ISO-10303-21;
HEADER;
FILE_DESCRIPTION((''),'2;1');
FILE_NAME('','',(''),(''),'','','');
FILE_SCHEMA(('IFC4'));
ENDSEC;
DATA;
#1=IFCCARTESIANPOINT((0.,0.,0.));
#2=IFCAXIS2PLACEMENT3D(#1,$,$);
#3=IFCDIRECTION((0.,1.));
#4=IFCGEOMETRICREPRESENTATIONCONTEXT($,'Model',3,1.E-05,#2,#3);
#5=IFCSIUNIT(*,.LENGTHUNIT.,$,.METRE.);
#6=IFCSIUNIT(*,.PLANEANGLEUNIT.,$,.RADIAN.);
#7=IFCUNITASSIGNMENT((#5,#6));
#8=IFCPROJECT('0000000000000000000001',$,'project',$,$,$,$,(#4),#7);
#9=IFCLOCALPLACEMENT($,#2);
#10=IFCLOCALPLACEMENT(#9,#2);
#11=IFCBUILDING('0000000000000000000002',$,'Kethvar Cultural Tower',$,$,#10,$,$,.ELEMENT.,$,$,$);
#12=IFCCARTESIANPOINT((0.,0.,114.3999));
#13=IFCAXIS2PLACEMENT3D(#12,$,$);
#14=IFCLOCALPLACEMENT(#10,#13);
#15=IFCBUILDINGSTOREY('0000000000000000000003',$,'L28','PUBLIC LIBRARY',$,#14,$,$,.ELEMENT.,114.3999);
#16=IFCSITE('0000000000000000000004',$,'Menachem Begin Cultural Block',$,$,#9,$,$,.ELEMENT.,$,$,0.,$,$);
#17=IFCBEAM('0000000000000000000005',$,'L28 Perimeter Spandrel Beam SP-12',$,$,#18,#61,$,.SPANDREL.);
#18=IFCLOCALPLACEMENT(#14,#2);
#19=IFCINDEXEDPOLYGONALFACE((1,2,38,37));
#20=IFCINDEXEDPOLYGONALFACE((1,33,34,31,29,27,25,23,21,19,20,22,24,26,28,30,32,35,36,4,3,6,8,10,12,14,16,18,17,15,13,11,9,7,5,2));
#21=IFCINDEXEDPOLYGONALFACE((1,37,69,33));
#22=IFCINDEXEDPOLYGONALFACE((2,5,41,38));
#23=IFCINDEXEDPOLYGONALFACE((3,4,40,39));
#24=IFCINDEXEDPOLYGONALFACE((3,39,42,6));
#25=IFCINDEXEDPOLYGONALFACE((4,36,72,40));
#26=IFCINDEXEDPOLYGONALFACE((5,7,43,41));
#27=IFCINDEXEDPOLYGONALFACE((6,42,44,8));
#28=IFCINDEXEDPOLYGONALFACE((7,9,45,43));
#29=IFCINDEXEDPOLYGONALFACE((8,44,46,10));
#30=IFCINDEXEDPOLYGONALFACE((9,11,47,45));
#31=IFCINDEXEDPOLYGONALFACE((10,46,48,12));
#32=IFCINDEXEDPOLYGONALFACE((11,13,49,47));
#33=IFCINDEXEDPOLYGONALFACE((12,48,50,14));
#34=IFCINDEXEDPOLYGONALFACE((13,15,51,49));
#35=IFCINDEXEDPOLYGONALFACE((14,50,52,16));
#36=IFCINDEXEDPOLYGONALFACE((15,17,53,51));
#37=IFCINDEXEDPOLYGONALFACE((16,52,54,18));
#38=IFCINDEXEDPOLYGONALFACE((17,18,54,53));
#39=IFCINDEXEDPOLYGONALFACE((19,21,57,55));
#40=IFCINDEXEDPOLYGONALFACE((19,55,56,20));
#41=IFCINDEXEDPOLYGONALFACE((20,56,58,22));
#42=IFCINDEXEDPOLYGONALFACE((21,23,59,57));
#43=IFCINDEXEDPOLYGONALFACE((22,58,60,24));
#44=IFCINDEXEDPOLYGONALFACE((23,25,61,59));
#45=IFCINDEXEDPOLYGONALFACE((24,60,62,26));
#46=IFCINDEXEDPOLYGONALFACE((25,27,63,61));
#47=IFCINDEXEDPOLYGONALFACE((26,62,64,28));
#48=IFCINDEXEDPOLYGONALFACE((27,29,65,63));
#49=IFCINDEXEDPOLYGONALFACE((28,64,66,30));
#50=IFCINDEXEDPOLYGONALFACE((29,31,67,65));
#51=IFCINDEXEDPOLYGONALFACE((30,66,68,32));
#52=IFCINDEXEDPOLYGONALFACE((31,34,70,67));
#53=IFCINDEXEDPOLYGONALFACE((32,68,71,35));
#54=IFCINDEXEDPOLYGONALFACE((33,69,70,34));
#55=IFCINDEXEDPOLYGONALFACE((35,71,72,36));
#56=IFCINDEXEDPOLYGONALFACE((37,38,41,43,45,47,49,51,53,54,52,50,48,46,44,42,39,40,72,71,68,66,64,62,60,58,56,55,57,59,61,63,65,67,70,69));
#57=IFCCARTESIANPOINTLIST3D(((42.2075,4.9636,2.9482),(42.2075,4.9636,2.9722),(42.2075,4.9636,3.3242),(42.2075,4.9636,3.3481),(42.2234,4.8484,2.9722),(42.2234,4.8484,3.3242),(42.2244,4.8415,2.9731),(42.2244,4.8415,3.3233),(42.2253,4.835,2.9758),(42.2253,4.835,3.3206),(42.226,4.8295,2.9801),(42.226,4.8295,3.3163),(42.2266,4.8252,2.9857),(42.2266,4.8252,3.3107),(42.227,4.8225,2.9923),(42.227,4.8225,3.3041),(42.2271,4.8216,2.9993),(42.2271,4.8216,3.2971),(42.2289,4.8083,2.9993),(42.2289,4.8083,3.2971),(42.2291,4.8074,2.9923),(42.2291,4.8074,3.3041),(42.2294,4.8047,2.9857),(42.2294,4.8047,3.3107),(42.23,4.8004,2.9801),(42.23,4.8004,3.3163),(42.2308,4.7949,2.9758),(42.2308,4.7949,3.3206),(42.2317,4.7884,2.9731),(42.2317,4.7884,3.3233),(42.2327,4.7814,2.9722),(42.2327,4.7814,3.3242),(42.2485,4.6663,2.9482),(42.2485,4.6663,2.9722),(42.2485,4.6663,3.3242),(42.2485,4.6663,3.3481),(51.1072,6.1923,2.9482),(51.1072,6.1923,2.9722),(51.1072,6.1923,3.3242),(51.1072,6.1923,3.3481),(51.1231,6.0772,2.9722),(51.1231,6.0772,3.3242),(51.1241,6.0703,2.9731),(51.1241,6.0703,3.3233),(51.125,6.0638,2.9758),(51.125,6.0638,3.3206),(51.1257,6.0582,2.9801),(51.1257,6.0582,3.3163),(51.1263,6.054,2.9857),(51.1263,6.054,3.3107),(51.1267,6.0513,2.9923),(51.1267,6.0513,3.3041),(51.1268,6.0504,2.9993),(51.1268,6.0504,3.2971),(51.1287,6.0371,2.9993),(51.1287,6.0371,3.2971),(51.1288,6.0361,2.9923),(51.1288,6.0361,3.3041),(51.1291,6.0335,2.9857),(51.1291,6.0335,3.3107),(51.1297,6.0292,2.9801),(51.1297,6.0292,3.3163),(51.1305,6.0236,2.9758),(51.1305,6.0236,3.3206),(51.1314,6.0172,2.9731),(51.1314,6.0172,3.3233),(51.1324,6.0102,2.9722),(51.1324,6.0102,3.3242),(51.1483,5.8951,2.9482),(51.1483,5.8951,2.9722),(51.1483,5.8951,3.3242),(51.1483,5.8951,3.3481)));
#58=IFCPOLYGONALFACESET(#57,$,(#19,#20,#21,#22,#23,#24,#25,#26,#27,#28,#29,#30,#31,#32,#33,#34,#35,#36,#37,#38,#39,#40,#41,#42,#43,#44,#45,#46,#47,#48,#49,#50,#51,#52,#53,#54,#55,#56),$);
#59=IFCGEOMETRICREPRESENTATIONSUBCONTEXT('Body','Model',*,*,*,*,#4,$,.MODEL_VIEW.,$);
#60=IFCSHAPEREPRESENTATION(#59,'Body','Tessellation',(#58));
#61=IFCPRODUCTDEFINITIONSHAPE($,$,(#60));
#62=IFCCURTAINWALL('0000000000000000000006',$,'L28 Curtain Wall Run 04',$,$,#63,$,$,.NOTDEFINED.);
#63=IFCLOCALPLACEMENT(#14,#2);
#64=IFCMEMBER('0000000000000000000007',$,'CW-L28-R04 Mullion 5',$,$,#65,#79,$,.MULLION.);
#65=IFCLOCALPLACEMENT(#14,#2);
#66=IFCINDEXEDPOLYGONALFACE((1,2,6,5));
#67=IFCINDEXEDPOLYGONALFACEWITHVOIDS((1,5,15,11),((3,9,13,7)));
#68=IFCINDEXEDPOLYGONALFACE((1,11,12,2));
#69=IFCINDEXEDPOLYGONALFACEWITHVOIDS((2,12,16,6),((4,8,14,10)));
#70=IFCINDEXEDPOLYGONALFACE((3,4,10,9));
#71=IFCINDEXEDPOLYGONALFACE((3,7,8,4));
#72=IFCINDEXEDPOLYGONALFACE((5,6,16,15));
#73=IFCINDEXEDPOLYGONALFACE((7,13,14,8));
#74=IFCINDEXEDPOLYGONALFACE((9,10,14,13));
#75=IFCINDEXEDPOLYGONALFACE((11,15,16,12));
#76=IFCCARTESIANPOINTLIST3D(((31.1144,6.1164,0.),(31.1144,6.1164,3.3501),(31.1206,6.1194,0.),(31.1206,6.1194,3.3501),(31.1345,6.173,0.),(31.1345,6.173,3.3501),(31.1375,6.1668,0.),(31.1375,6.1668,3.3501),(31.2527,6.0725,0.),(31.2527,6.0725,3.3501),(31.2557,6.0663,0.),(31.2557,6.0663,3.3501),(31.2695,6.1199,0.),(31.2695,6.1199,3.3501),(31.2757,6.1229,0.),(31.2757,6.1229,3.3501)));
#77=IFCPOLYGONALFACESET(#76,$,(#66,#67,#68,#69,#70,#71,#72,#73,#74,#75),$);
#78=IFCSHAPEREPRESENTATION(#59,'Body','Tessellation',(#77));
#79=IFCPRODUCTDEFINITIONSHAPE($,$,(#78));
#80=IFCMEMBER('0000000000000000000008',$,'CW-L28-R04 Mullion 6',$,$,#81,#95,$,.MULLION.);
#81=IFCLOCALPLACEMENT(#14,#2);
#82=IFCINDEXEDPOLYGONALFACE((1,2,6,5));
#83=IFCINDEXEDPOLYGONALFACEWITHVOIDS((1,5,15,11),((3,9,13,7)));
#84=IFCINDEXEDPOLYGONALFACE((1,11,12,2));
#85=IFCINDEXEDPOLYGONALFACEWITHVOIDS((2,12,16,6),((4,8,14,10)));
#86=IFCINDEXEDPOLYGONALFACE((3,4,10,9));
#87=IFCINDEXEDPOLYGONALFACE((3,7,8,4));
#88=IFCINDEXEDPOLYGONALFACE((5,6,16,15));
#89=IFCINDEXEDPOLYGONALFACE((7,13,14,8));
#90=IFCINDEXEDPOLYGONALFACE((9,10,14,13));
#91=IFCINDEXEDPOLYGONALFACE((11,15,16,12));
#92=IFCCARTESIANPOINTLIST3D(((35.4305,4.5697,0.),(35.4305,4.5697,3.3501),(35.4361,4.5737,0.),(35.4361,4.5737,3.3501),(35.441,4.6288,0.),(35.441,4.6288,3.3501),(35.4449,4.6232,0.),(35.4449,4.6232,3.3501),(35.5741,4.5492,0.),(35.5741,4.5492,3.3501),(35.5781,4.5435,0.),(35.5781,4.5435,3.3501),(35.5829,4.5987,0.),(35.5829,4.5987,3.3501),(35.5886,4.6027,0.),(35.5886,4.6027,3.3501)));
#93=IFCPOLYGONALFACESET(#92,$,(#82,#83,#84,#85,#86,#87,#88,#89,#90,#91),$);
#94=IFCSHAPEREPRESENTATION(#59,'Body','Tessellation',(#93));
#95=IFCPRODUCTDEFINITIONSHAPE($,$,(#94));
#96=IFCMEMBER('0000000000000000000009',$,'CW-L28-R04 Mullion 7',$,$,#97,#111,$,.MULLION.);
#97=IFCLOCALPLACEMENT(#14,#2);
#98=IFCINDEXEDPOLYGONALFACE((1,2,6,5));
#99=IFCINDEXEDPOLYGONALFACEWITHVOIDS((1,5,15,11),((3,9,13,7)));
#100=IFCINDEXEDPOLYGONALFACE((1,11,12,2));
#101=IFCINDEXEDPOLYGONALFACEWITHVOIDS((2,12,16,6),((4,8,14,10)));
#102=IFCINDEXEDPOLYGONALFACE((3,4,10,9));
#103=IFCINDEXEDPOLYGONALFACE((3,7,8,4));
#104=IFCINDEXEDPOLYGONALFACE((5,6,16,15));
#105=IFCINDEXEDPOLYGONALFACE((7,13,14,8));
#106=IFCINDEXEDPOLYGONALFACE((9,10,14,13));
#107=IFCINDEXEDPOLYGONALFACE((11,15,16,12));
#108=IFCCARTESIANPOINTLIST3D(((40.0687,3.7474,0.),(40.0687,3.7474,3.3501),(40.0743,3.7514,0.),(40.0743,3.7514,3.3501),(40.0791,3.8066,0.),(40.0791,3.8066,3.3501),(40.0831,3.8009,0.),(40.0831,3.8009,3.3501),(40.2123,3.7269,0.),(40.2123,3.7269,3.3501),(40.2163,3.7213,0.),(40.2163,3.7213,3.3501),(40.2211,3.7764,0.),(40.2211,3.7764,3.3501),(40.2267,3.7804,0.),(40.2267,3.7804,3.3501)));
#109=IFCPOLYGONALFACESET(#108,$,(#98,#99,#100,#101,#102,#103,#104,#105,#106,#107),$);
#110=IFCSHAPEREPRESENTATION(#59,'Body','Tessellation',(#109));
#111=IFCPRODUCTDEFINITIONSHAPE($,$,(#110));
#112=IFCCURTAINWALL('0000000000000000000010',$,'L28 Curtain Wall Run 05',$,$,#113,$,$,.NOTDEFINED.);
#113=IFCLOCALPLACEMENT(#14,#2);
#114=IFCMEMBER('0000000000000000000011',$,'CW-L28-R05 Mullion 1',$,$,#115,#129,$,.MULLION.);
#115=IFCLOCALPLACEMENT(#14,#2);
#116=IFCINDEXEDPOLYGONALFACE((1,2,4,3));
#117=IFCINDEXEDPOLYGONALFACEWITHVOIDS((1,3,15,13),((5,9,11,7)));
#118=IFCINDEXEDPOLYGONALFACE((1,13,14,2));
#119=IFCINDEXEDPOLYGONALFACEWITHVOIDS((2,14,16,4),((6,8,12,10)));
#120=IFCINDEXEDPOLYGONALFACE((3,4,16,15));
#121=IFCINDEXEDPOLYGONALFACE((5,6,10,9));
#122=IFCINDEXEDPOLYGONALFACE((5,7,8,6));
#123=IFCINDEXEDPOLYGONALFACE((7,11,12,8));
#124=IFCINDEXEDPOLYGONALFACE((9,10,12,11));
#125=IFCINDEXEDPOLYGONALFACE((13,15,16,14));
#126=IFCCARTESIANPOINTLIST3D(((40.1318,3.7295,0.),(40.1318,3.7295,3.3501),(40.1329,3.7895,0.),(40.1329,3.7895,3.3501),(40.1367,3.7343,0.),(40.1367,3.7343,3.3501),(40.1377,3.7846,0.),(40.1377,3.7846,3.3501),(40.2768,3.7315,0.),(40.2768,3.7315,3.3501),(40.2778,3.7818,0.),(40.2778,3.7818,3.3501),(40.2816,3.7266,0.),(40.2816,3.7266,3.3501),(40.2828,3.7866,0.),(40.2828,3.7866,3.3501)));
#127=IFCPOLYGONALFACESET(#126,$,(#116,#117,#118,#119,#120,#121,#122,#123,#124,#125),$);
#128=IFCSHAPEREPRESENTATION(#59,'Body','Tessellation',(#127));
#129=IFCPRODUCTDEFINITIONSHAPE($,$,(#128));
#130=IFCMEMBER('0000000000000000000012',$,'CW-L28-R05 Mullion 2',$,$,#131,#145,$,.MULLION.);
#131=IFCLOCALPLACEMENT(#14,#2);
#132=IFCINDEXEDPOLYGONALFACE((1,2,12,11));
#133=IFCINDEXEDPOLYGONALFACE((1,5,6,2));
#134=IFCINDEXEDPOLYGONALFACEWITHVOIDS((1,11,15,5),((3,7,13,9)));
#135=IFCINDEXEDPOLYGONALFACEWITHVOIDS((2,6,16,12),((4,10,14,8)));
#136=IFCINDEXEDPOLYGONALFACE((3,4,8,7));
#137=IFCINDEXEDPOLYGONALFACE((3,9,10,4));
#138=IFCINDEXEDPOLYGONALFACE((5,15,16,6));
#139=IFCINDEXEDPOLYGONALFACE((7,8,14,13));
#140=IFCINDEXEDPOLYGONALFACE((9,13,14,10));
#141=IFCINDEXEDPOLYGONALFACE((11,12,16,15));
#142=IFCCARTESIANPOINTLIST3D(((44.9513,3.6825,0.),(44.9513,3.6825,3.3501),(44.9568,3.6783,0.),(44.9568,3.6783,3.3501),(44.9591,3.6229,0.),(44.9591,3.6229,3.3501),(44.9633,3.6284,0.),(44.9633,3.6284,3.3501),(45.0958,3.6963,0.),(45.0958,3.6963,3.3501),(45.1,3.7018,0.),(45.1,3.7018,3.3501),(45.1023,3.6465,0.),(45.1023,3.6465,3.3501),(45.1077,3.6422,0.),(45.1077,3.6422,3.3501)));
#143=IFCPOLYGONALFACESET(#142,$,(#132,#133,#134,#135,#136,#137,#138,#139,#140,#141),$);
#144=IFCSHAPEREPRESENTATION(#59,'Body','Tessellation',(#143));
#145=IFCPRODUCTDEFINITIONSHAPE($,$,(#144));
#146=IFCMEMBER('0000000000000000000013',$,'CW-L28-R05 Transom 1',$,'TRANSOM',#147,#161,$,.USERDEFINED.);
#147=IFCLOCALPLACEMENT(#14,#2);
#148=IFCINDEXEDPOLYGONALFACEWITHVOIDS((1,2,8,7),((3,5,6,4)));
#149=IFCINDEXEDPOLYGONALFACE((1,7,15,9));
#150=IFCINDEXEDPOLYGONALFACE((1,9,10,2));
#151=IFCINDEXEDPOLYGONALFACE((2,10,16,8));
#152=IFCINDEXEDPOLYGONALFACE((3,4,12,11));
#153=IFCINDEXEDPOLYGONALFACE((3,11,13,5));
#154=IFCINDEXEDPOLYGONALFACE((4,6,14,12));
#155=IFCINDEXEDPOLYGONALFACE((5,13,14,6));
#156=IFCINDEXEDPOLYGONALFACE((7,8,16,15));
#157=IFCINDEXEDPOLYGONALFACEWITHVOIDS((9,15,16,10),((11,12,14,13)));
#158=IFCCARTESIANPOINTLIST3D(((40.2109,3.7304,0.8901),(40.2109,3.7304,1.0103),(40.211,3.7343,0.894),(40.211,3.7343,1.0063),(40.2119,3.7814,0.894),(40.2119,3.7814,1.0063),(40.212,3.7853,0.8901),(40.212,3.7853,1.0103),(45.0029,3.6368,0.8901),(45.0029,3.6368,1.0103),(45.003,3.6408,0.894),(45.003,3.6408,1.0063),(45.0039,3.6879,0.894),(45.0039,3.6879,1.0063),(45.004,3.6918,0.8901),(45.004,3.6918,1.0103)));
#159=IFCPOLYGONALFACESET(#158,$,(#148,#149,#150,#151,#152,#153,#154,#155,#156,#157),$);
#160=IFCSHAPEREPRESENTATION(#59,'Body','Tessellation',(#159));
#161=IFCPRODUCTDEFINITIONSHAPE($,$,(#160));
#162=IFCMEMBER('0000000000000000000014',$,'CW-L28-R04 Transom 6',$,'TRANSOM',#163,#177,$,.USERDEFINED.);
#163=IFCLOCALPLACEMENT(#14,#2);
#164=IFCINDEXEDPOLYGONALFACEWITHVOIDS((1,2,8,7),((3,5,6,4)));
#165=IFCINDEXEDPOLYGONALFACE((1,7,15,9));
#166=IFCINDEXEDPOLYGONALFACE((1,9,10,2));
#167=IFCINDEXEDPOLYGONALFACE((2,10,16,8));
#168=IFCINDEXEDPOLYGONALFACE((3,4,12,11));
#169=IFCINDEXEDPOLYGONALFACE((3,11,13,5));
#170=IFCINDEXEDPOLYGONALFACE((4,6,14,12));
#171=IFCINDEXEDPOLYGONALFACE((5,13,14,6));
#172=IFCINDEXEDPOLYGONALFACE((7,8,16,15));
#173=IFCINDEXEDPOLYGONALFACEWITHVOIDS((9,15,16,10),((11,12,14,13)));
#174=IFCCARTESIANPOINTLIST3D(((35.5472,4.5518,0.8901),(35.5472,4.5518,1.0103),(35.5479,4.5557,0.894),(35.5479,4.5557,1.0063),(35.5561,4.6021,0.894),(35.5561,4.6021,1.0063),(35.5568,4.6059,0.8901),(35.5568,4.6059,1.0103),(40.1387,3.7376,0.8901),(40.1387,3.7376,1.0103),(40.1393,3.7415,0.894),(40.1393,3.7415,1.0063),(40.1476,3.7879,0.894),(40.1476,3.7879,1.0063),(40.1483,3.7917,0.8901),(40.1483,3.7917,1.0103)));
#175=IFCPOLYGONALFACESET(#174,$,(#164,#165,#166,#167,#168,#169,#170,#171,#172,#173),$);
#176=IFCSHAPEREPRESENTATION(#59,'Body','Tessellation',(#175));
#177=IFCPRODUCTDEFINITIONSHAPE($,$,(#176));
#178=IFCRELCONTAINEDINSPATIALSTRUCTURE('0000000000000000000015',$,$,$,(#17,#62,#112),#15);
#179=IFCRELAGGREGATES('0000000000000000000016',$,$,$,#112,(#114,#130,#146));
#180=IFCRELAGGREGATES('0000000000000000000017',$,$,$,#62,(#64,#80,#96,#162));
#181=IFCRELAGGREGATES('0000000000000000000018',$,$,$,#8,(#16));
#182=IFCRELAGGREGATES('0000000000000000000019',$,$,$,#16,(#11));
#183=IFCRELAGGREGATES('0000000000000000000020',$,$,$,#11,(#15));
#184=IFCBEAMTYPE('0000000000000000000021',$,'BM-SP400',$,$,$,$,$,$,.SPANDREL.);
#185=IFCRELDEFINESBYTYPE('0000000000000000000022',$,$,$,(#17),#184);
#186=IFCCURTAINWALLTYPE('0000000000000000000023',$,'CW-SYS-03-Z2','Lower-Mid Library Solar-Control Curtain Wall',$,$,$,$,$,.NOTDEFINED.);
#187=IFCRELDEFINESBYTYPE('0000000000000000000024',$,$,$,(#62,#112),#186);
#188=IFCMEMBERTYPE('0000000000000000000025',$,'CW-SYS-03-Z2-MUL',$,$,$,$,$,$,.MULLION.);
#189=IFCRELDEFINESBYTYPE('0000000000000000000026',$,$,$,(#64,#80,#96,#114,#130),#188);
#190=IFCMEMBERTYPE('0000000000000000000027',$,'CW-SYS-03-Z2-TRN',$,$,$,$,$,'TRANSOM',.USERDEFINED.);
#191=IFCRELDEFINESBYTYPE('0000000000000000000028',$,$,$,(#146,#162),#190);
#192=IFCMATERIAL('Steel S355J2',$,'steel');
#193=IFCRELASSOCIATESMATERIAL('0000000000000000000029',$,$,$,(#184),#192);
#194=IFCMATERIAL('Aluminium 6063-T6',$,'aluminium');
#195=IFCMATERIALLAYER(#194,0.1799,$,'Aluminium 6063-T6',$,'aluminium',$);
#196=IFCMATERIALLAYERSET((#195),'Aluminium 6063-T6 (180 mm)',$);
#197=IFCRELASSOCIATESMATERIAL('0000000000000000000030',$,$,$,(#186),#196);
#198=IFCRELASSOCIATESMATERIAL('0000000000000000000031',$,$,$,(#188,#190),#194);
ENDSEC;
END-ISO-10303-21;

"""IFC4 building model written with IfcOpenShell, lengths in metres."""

from ifc_helpers import new_model, si_unit, direction, frame, origin, origin_2d, place, context, subcontext, project, spatial, hollow_rectangle, i_section, extrude, source, transform, mapped, material, layer, layer_set, material_profile, profile_set, type_object, element, aggregate, save


model = new_model("IFC4")

# Units and contexts
model_context = context("Model", 3, precision=1e-05, world=origin(), true_north=direction((0.0, 1.0)))
body_context = subcontext(model_context, "Body", "Model", "MODEL_VIEW")
ifc_project = project(units=[si_unit("LENGTHUNIT", "METRE"), si_unit("PLANEANGLEUNIT", "RADIAN")], contexts=[model_context])

# Site, building, storey
site_placement = place(None, origin())
site = spatial("IfcSite", under=ifc_project, at=site_placement, Name="Menachem Begin Cultural Block", CompositionType="ELEMENT", RefElevation=0.0)
building_placement = place(site_placement, origin())
building = spatial("IfcBuilding", under=site, at=building_placement, Name="Kethvar Cultural Tower", CompositionType="ELEMENT")
storey_placement = place(building_placement, frame((0.0, 0.0, 114.3999)))
storey = spatial("IfcBuildingStorey", under=building, at=storey_placement, Name="L28", Description="PUBLIC LIBRARY", CompositionType="ELEMENT", Elevation=114.3999)

# Beam
ifc_material_1 = material(Name="Steel S355J2", Category="steel")
ifc_material_profile_1 = material_profile(ifc_material_1, i_section(OverallWidth=0.3, OverallDepth=0.3999, WebThickness=0.0134, FlangeThickness=0.0239, FilletRadius=0.0271, at=origin_2d()), Name="Steel S355J2 — HEB400")
ifc_profile_set_1 = profile_set([ifc_material_profile_1], Name="Steel S355J2 — HEB400")
beam_type_1 = type_object("IfcBeamType", Name="BM-SP400", PredefinedType="SPANDREL", material=ifc_profile_set_1)
shared_shape_1 = source(origin(), body_context, "Body", "SweptSolid", [
    extrude(i_section(OverallWidth=0.3, OverallDepth=0.3999, WebThickness=0.0134, FlangeThickness=0.0239, FilletRadius=0.0271, at=origin_2d()), origin(), (0.0, 0.0, 1.0), 8.9841),
])
beam_1_placement = place(storey_placement, frame((42.228, 4.8149, 3.1482), z_axis=(0.990603, 0.136771, 0.0), x_axis=(-0.136771, 0.990603, 0.0)))
element("IfcBeam", 1, at=beam_1_placement, inside=storey, type_object=beam_type_1, Name="L28 Perimeter Spandrel Beam SP-12", PredefinedType="SPANDREL", context=body_context, shape_type="MappedRepresentation", body=[
    mapped(shared_shape_1, transform((0.0, 0.0, 0.0), scale=1.0)),
])

# Curtain walls, members
ifc_material_2 = material(Name="Aluminium 6063-T6", Category="aluminium")
ifc_layer_1 = layer(ifc_material_2, 0.1799, Name="Aluminium 6063-T6", Category="aluminium")
ifc_layer_set_1 = layer_set([ifc_layer_1], Name="Aluminium 6063-T6 (180 mm)")
curtain_wall_type = type_object("IfcCurtainWallType", Name="CW-SYS-03-Z2", Description="Lower-Mid Library Solar-Control Curtain Wall", PredefinedType="NOTDEFINED", material=ifc_layer_set_1)
curtain_wall_1_placement = place(storey_placement, origin())
curtain_wall_1 = element("IfcCurtainWall", 2, at=curtain_wall_1_placement, inside=storey, type_object=curtain_wall_type, Name="L28 Curtain Wall Run 04", PredefinedType="NOTDEFINED")
ifc_material_profile_2 = material_profile(ifc_material_2, hollow_rectangle(XDim=0.0601, YDim=0.1499, WallThickness=0.0049, at=origin_2d()), Name="Aluminium 6063-T6 — RHS150x60x5")
ifc_profile_set_2 = profile_set([ifc_material_profile_2], Name="Aluminium 6063-T6 — RHS150x60x5")
member_type_1 = type_object("IfcMemberType", Name="CW-SYS-03-Z2-MUL", PredefinedType="MULLION", material=ifc_profile_set_2)
shared_shape_2 = source(origin(), body_context, "Body", "SweptSolid", [
    extrude(hollow_rectangle(XDim=0.0601, YDim=0.1499, WallThickness=0.0049, at=origin_2d()), origin(), (0.0, 0.0, 1.0), 3.3501),
])
member_1_placement = place(storey_placement, frame((31.1951, 6.1196, 0.0), z_axis=(0.0, 0.0, 1.0), x_axis=(0.334547, 0.942379, 0.0)))
member_1 = element("IfcMember", 3, at=member_1_placement, type_object=member_type_1, Name="CW-L28-R04 Mullion 5", PredefinedType="MULLION", context=body_context, shape_type="MappedRepresentation", body=[
    mapped(shared_shape_2, transform((0.0, 0.0, 0.0), scale=1.0)),
])
member_2_placement = place(storey_placement, frame((35.5095, 4.5862, 0.0), z_axis=(0.0, 0.0, 1.0), x_axis=(0.174611, 0.984638, 0.0)))
member_2 = element("IfcMember", 4, at=member_2_placement, type_object=member_type_1, Name="CW-L28-R04 Mullion 6", PredefinedType="MULLION", context=body_context, shape_type="MappedRepresentation", body=[
    mapped(shared_shape_2, transform((0.0, 0.0, 0.0), scale=1.0)),
])
member_3_placement = place(storey_placement, frame((40.1477, 3.7639, 0.0), z_axis=(0.0, 0.0, 1.0), x_axis=(0.174611, 0.984638, 0.0)))
member_3 = element("IfcMember", 5, at=member_3_placement, type_object=member_type_1, Name="CW-L28-R04 Mullion 7", PredefinedType="MULLION", context=body_context, shape_type="MappedRepresentation", body=[
    mapped(shared_shape_2, transform((0.0, 0.0, 0.0), scale=1.0)),
])
curtain_wall_2_placement = place(storey_placement, origin())
curtain_wall_2 = element("IfcCurtainWall", 6, at=curtain_wall_2_placement, inside=storey, type_object=curtain_wall_type, Name="L28 Curtain Wall Run 05", PredefinedType="NOTDEFINED")
member_4_placement = place(storey_placement, frame((40.2073, 3.7581, 0.0), z_axis=(0.0, 0.0, 1.0), x_axis=(0.019546, 0.999809, 0.0)))
member_4 = element("IfcMember", 7, at=member_4_placement, type_object=member_type_1, Name="CW-L28-R05 Mullion 1", PredefinedType="MULLION", context=body_context, shape_type="MappedRepresentation", body=[
    mapped(shared_shape_2, transform((0.0, 0.0, 0.0), scale=1.0)),
])
member_5_placement = place(storey_placement, frame((45.0295, 3.6624, 0.0), z_axis=(0.0, 0.0, 1.0), x_axis=(-0.128986, 0.991646, 0.0)))
member_5 = element("IfcMember", 8, at=member_5_placement, type_object=member_type_1, Name="CW-L28-R05 Mullion 2", PredefinedType="MULLION", context=body_context, shape_type="MappedRepresentation", body=[
    mapped(shared_shape_2, transform((0.0, 0.0, 0.0), scale=1.0)),
])
ifc_material_profile_3 = material_profile(ifc_material_2, hollow_rectangle(XDim=0.0549, YDim=0.1201, WallThickness=0.0039, at=origin_2d()), Name="Aluminium 6063-T6 — RHS120x55x4")
ifc_profile_set_3 = profile_set([ifc_material_profile_3], Name="Aluminium 6063-T6 — RHS120x55x4")
member_type_2 = type_object("IfcMemberType", Name="CW-SYS-03-Z2-TRN", ElementType="TRANSOM", PredefinedType="USERDEFINED", material=ifc_profile_set_3)
shared_shape_3 = source(origin(), body_context, "Body", "SweptSolid", [
    extrude(hollow_rectangle(XDim=0.0549, YDim=0.1201, WallThickness=0.0039, at=origin_2d()), origin(), (0.0, 0.0, 1.0), 4.793),
])
member_6_placement = place(storey_placement, frame((40.2114, 3.7578, 0.9502), z_axis=(0.99981, -0.019509, 0.0), x_axis=(0.019509, 0.99981, 0.0)))
member_6 = element("IfcMember", 9, at=member_6_placement, type_object=member_type_2, Name="CW-L28-R05 Transom 1", ObjectType="TRANSOM", PredefinedType="USERDEFINED", context=body_context, shape_type="MappedRepresentation", body=[
    mapped(shared_shape_3, transform((0.0, 0.0, 0.0), scale=1.0)),
])

# Member
shared_shape_4 = source(origin(), body_context, "Body", "SweptSolid", [
    extrude(hollow_rectangle(XDim=0.0549, YDim=0.1201, WallThickness=0.0039, at=origin_2d()), origin(), (0.0, 0.0, 1.0), 4.6631),
])
member_7_placement = place(storey_placement, frame((35.552, 4.5789, 0.9502), z_axis=(0.984639, -0.174604, 0.0), x_axis=(0.174604, 0.984639, 0.0)))
member_7 = element("IfcMember", 10, at=member_7_placement, type_object=member_type_2, Name="CW-L28-R04 Transom 6", ObjectType="TRANSOM", PredefinedType="USERDEFINED", context=body_context, shape_type="MappedRepresentation", body=[
    mapped(shared_shape_4, transform((0.0, 0.0, 0.0), scale=1.0)),
])

aggregate(curtain_wall_2, [member_4, member_5, member_6])
aggregate(curtain_wall_1, [member_1, member_2, member_3, member_7])

save(model, "model.ifc")
